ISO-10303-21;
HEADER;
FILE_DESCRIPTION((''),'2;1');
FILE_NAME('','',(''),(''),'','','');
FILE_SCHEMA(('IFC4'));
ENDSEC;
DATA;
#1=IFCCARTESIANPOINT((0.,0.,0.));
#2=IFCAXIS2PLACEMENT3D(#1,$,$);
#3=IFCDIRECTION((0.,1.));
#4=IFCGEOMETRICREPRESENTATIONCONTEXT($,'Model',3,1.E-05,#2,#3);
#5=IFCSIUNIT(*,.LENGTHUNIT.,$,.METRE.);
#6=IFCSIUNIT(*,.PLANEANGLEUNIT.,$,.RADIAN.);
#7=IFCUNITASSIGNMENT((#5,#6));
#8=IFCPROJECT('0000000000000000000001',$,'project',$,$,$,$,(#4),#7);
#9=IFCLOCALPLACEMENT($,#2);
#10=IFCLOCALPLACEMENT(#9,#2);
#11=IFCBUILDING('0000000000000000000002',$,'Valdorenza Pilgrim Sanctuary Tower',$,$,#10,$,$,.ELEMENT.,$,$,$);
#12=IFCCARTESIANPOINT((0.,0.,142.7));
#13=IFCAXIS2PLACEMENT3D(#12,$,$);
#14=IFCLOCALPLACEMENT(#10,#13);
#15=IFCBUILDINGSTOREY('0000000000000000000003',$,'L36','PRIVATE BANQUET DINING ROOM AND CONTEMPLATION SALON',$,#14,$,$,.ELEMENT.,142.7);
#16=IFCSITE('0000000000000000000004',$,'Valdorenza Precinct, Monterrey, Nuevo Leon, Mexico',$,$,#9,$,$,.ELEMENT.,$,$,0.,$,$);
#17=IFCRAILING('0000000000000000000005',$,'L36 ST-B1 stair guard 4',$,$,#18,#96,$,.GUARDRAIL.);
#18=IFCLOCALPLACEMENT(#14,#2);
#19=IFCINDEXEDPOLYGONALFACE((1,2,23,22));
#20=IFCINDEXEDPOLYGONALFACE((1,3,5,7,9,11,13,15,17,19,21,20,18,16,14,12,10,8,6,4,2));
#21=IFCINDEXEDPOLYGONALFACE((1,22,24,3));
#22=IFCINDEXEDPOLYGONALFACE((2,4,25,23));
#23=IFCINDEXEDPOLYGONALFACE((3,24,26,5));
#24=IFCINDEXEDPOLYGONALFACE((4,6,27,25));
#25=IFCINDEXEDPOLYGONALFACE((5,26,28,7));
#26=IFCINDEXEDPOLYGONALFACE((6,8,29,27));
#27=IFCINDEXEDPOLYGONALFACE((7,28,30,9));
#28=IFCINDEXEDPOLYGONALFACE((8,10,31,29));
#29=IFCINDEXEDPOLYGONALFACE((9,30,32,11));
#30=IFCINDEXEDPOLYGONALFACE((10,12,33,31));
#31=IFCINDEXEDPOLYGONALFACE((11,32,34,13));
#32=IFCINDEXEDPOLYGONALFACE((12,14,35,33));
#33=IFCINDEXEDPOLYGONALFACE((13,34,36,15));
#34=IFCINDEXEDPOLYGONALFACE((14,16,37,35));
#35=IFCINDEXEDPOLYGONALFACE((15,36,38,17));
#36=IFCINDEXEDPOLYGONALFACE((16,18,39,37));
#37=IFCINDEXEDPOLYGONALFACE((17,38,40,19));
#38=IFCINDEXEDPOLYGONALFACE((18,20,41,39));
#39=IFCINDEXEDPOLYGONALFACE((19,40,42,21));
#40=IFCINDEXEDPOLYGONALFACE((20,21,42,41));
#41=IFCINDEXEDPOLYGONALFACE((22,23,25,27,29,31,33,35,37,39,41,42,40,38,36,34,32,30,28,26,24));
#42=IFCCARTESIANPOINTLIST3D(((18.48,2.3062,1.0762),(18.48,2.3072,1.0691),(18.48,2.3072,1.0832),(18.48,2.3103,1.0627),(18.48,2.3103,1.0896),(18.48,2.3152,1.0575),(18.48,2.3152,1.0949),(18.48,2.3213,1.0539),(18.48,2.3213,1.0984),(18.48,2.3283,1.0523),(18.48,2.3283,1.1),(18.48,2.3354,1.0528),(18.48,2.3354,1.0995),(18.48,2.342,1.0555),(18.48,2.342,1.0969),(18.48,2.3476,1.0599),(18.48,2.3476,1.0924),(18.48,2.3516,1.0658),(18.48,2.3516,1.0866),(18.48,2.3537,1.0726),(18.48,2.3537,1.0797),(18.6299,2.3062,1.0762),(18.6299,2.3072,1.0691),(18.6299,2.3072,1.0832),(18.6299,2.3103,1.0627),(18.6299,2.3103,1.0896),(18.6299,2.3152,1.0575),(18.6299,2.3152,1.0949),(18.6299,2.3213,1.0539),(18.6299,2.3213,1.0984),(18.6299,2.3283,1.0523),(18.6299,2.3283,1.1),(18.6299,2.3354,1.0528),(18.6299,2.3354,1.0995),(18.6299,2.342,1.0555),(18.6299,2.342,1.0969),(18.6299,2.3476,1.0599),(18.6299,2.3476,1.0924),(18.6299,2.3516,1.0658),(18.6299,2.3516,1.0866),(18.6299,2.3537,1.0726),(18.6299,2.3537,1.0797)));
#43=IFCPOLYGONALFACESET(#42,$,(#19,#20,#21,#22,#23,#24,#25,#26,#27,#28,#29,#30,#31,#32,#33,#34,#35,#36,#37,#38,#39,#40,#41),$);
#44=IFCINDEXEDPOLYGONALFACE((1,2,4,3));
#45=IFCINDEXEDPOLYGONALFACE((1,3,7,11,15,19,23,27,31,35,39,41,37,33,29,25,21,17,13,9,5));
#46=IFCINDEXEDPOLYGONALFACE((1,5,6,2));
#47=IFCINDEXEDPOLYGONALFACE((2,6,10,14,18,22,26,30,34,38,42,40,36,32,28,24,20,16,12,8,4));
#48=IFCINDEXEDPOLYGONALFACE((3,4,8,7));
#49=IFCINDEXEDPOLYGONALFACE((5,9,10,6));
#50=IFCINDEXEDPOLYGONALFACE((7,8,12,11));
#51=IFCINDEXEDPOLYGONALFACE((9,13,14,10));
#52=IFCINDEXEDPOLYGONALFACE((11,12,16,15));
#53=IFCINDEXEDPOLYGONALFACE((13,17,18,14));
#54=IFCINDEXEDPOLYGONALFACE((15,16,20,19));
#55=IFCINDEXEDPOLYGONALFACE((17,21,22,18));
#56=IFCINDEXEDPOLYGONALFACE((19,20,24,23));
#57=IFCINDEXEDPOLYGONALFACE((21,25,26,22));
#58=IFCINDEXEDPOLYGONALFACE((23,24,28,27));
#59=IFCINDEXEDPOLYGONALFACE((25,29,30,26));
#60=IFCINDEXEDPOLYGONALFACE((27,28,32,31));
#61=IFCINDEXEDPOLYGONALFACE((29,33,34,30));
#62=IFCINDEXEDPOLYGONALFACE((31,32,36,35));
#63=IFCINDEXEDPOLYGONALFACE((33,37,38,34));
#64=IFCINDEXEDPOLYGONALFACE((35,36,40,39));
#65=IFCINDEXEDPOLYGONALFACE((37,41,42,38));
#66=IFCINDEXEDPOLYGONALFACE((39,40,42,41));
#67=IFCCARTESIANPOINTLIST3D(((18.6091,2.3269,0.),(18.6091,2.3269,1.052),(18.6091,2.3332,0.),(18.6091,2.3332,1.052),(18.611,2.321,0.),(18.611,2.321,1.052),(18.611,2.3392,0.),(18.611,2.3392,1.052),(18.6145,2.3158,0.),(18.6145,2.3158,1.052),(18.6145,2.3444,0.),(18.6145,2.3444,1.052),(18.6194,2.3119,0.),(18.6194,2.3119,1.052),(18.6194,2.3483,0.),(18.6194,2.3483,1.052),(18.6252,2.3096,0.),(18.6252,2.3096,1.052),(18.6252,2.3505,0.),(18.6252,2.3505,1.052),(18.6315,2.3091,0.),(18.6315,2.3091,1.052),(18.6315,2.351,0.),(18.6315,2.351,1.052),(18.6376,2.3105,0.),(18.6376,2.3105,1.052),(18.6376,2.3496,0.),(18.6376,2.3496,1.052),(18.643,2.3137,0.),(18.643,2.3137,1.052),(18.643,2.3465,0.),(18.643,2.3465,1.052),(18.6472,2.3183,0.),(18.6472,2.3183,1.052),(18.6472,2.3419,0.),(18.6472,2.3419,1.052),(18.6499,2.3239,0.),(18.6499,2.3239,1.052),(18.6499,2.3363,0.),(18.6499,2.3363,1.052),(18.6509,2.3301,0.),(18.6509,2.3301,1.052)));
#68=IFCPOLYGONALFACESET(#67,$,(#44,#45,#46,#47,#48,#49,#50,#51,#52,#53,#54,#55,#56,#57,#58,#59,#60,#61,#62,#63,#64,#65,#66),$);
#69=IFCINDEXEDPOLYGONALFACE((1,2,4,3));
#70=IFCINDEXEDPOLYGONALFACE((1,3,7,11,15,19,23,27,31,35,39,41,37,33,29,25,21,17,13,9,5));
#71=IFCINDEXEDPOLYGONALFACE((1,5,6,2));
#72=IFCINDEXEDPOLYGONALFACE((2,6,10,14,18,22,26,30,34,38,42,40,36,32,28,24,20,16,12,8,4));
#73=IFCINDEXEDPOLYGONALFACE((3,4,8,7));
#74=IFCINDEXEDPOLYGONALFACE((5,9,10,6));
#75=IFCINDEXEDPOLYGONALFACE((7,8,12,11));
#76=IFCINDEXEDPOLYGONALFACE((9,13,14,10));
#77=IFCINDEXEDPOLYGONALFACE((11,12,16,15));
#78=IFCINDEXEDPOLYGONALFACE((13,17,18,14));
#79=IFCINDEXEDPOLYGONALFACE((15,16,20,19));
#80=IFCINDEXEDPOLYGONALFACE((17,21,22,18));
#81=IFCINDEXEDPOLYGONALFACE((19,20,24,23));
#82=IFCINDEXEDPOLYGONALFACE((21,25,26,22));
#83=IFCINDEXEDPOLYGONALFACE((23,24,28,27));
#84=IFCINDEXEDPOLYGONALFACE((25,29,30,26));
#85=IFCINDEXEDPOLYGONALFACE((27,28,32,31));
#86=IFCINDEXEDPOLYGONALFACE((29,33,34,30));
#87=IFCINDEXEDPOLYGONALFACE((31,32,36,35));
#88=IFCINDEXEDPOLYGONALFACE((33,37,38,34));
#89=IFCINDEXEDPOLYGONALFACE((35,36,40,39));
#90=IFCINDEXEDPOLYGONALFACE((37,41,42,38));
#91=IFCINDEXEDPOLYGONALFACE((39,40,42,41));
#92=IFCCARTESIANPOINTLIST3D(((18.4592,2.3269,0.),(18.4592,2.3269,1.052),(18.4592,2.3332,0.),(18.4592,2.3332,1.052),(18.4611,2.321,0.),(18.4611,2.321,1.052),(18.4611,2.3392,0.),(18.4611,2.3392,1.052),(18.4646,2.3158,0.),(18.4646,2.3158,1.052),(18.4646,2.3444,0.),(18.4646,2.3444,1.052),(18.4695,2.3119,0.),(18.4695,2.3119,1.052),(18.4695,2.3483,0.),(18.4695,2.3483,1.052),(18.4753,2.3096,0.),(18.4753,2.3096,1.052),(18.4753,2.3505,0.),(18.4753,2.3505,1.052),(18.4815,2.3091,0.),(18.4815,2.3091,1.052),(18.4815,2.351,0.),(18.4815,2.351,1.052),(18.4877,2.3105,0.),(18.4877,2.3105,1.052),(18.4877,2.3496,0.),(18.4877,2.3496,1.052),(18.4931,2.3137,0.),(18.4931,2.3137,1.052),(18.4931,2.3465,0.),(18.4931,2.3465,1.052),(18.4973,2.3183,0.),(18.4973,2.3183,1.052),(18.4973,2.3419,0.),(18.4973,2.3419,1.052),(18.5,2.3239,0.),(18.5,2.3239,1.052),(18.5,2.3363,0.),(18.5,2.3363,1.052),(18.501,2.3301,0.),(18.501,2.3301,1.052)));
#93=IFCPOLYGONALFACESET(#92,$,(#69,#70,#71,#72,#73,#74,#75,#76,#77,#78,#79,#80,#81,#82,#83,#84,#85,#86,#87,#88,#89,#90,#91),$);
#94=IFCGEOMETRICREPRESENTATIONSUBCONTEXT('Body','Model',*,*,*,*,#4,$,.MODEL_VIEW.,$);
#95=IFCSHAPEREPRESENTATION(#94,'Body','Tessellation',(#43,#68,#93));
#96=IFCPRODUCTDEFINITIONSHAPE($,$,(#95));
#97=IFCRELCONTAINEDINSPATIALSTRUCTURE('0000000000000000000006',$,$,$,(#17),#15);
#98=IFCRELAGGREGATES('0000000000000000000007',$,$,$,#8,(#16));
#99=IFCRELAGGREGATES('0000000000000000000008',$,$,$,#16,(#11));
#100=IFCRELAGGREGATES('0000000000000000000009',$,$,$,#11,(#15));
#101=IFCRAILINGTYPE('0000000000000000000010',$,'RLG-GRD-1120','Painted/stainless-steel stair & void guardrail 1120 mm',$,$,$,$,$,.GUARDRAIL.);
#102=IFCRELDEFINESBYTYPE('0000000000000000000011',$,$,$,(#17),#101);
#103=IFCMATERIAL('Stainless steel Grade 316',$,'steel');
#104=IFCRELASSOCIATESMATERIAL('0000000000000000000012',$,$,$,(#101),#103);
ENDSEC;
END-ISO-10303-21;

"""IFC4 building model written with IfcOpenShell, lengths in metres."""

from ifc_helpers import new_model, si_unit, direction, frame, origin, origin_2d, place, context, subcontext, project, spatial, circle, extrude, material, type_object, element, save


model = new_model("IFC4")

# Units and contexts
model_context = context("Model", 3, precision=1e-05, world=origin(), true_north=direction((0.0, 1.0)))
body_context = subcontext(model_context, "Body", "Model", "MODEL_VIEW")
ifc_project = project(units=[si_unit("LENGTHUNIT", "METRE"), si_unit("PLANEANGLEUNIT", "RADIAN")], contexts=[model_context])

# Site, building, storey
site_placement = place(None, origin())
site = spatial("IfcSite", under=ifc_project, at=site_placement, Name="Valdorenza Precinct, Monterrey, Nuevo Leon, Mexico", CompositionType="ELEMENT", RefElevation=0.0)
building_placement = place(site_placement, origin())
building = spatial("IfcBuilding", under=site, at=building_placement, Name="Valdorenza Pilgrim Sanctuary Tower", CompositionType="ELEMENT")
storey_placement = place(building_placement, frame((0.0, 0.0, 142.7)))
storey = spatial("IfcBuildingStorey", under=building, at=storey_placement, Name="L36", Description="PRIVATE BANQUET DINING ROOM AND CONTEMPLATION SALON", CompositionType="ELEMENT", Elevation=142.7)

# Railing
ifc_material_1 = material(Name="Stainless steel Grade 316", Category="steel")
railing_type_1 = type_object("IfcRailingType", Name="RLG-GRD-1120", Description="Painted/stainless-steel stair & void guardrail 1120 mm", PredefinedType="GUARDRAIL", material=ifc_material_1)
railing_1_placement = place(storey_placement, frame((18.6299, 2.3301, 0.0)))
element("IfcRailing", 1, at=railing_1_placement, inside=storey, type_object=railing_type_1, Name="L36 ST-B1 stair guard 4", PredefinedType="GUARDRAIL", context=body_context, shape_type="SweptSolid", body=[
    extrude(circle(Radius=0.0239, at=origin_2d()), frame((0.0, 0.0, 1.0762), z_axis=(-1.0, 0.0, 0.0), x_axis=(0.0, -1.0, 0.0)), (0.0, 0.0, 1.0), 0.1499),
    extrude(circle(Radius=0.021, at=origin_2d()), origin(), (0.0, 0.0, 1.0), 1.052),
    extrude(circle(Radius=0.021, at=origin_2d()), frame((-0.1499, 0.0, 0.0)), (0.0, 0.0, 1.0), 1.052),
])

save(model, "model.ifc")
